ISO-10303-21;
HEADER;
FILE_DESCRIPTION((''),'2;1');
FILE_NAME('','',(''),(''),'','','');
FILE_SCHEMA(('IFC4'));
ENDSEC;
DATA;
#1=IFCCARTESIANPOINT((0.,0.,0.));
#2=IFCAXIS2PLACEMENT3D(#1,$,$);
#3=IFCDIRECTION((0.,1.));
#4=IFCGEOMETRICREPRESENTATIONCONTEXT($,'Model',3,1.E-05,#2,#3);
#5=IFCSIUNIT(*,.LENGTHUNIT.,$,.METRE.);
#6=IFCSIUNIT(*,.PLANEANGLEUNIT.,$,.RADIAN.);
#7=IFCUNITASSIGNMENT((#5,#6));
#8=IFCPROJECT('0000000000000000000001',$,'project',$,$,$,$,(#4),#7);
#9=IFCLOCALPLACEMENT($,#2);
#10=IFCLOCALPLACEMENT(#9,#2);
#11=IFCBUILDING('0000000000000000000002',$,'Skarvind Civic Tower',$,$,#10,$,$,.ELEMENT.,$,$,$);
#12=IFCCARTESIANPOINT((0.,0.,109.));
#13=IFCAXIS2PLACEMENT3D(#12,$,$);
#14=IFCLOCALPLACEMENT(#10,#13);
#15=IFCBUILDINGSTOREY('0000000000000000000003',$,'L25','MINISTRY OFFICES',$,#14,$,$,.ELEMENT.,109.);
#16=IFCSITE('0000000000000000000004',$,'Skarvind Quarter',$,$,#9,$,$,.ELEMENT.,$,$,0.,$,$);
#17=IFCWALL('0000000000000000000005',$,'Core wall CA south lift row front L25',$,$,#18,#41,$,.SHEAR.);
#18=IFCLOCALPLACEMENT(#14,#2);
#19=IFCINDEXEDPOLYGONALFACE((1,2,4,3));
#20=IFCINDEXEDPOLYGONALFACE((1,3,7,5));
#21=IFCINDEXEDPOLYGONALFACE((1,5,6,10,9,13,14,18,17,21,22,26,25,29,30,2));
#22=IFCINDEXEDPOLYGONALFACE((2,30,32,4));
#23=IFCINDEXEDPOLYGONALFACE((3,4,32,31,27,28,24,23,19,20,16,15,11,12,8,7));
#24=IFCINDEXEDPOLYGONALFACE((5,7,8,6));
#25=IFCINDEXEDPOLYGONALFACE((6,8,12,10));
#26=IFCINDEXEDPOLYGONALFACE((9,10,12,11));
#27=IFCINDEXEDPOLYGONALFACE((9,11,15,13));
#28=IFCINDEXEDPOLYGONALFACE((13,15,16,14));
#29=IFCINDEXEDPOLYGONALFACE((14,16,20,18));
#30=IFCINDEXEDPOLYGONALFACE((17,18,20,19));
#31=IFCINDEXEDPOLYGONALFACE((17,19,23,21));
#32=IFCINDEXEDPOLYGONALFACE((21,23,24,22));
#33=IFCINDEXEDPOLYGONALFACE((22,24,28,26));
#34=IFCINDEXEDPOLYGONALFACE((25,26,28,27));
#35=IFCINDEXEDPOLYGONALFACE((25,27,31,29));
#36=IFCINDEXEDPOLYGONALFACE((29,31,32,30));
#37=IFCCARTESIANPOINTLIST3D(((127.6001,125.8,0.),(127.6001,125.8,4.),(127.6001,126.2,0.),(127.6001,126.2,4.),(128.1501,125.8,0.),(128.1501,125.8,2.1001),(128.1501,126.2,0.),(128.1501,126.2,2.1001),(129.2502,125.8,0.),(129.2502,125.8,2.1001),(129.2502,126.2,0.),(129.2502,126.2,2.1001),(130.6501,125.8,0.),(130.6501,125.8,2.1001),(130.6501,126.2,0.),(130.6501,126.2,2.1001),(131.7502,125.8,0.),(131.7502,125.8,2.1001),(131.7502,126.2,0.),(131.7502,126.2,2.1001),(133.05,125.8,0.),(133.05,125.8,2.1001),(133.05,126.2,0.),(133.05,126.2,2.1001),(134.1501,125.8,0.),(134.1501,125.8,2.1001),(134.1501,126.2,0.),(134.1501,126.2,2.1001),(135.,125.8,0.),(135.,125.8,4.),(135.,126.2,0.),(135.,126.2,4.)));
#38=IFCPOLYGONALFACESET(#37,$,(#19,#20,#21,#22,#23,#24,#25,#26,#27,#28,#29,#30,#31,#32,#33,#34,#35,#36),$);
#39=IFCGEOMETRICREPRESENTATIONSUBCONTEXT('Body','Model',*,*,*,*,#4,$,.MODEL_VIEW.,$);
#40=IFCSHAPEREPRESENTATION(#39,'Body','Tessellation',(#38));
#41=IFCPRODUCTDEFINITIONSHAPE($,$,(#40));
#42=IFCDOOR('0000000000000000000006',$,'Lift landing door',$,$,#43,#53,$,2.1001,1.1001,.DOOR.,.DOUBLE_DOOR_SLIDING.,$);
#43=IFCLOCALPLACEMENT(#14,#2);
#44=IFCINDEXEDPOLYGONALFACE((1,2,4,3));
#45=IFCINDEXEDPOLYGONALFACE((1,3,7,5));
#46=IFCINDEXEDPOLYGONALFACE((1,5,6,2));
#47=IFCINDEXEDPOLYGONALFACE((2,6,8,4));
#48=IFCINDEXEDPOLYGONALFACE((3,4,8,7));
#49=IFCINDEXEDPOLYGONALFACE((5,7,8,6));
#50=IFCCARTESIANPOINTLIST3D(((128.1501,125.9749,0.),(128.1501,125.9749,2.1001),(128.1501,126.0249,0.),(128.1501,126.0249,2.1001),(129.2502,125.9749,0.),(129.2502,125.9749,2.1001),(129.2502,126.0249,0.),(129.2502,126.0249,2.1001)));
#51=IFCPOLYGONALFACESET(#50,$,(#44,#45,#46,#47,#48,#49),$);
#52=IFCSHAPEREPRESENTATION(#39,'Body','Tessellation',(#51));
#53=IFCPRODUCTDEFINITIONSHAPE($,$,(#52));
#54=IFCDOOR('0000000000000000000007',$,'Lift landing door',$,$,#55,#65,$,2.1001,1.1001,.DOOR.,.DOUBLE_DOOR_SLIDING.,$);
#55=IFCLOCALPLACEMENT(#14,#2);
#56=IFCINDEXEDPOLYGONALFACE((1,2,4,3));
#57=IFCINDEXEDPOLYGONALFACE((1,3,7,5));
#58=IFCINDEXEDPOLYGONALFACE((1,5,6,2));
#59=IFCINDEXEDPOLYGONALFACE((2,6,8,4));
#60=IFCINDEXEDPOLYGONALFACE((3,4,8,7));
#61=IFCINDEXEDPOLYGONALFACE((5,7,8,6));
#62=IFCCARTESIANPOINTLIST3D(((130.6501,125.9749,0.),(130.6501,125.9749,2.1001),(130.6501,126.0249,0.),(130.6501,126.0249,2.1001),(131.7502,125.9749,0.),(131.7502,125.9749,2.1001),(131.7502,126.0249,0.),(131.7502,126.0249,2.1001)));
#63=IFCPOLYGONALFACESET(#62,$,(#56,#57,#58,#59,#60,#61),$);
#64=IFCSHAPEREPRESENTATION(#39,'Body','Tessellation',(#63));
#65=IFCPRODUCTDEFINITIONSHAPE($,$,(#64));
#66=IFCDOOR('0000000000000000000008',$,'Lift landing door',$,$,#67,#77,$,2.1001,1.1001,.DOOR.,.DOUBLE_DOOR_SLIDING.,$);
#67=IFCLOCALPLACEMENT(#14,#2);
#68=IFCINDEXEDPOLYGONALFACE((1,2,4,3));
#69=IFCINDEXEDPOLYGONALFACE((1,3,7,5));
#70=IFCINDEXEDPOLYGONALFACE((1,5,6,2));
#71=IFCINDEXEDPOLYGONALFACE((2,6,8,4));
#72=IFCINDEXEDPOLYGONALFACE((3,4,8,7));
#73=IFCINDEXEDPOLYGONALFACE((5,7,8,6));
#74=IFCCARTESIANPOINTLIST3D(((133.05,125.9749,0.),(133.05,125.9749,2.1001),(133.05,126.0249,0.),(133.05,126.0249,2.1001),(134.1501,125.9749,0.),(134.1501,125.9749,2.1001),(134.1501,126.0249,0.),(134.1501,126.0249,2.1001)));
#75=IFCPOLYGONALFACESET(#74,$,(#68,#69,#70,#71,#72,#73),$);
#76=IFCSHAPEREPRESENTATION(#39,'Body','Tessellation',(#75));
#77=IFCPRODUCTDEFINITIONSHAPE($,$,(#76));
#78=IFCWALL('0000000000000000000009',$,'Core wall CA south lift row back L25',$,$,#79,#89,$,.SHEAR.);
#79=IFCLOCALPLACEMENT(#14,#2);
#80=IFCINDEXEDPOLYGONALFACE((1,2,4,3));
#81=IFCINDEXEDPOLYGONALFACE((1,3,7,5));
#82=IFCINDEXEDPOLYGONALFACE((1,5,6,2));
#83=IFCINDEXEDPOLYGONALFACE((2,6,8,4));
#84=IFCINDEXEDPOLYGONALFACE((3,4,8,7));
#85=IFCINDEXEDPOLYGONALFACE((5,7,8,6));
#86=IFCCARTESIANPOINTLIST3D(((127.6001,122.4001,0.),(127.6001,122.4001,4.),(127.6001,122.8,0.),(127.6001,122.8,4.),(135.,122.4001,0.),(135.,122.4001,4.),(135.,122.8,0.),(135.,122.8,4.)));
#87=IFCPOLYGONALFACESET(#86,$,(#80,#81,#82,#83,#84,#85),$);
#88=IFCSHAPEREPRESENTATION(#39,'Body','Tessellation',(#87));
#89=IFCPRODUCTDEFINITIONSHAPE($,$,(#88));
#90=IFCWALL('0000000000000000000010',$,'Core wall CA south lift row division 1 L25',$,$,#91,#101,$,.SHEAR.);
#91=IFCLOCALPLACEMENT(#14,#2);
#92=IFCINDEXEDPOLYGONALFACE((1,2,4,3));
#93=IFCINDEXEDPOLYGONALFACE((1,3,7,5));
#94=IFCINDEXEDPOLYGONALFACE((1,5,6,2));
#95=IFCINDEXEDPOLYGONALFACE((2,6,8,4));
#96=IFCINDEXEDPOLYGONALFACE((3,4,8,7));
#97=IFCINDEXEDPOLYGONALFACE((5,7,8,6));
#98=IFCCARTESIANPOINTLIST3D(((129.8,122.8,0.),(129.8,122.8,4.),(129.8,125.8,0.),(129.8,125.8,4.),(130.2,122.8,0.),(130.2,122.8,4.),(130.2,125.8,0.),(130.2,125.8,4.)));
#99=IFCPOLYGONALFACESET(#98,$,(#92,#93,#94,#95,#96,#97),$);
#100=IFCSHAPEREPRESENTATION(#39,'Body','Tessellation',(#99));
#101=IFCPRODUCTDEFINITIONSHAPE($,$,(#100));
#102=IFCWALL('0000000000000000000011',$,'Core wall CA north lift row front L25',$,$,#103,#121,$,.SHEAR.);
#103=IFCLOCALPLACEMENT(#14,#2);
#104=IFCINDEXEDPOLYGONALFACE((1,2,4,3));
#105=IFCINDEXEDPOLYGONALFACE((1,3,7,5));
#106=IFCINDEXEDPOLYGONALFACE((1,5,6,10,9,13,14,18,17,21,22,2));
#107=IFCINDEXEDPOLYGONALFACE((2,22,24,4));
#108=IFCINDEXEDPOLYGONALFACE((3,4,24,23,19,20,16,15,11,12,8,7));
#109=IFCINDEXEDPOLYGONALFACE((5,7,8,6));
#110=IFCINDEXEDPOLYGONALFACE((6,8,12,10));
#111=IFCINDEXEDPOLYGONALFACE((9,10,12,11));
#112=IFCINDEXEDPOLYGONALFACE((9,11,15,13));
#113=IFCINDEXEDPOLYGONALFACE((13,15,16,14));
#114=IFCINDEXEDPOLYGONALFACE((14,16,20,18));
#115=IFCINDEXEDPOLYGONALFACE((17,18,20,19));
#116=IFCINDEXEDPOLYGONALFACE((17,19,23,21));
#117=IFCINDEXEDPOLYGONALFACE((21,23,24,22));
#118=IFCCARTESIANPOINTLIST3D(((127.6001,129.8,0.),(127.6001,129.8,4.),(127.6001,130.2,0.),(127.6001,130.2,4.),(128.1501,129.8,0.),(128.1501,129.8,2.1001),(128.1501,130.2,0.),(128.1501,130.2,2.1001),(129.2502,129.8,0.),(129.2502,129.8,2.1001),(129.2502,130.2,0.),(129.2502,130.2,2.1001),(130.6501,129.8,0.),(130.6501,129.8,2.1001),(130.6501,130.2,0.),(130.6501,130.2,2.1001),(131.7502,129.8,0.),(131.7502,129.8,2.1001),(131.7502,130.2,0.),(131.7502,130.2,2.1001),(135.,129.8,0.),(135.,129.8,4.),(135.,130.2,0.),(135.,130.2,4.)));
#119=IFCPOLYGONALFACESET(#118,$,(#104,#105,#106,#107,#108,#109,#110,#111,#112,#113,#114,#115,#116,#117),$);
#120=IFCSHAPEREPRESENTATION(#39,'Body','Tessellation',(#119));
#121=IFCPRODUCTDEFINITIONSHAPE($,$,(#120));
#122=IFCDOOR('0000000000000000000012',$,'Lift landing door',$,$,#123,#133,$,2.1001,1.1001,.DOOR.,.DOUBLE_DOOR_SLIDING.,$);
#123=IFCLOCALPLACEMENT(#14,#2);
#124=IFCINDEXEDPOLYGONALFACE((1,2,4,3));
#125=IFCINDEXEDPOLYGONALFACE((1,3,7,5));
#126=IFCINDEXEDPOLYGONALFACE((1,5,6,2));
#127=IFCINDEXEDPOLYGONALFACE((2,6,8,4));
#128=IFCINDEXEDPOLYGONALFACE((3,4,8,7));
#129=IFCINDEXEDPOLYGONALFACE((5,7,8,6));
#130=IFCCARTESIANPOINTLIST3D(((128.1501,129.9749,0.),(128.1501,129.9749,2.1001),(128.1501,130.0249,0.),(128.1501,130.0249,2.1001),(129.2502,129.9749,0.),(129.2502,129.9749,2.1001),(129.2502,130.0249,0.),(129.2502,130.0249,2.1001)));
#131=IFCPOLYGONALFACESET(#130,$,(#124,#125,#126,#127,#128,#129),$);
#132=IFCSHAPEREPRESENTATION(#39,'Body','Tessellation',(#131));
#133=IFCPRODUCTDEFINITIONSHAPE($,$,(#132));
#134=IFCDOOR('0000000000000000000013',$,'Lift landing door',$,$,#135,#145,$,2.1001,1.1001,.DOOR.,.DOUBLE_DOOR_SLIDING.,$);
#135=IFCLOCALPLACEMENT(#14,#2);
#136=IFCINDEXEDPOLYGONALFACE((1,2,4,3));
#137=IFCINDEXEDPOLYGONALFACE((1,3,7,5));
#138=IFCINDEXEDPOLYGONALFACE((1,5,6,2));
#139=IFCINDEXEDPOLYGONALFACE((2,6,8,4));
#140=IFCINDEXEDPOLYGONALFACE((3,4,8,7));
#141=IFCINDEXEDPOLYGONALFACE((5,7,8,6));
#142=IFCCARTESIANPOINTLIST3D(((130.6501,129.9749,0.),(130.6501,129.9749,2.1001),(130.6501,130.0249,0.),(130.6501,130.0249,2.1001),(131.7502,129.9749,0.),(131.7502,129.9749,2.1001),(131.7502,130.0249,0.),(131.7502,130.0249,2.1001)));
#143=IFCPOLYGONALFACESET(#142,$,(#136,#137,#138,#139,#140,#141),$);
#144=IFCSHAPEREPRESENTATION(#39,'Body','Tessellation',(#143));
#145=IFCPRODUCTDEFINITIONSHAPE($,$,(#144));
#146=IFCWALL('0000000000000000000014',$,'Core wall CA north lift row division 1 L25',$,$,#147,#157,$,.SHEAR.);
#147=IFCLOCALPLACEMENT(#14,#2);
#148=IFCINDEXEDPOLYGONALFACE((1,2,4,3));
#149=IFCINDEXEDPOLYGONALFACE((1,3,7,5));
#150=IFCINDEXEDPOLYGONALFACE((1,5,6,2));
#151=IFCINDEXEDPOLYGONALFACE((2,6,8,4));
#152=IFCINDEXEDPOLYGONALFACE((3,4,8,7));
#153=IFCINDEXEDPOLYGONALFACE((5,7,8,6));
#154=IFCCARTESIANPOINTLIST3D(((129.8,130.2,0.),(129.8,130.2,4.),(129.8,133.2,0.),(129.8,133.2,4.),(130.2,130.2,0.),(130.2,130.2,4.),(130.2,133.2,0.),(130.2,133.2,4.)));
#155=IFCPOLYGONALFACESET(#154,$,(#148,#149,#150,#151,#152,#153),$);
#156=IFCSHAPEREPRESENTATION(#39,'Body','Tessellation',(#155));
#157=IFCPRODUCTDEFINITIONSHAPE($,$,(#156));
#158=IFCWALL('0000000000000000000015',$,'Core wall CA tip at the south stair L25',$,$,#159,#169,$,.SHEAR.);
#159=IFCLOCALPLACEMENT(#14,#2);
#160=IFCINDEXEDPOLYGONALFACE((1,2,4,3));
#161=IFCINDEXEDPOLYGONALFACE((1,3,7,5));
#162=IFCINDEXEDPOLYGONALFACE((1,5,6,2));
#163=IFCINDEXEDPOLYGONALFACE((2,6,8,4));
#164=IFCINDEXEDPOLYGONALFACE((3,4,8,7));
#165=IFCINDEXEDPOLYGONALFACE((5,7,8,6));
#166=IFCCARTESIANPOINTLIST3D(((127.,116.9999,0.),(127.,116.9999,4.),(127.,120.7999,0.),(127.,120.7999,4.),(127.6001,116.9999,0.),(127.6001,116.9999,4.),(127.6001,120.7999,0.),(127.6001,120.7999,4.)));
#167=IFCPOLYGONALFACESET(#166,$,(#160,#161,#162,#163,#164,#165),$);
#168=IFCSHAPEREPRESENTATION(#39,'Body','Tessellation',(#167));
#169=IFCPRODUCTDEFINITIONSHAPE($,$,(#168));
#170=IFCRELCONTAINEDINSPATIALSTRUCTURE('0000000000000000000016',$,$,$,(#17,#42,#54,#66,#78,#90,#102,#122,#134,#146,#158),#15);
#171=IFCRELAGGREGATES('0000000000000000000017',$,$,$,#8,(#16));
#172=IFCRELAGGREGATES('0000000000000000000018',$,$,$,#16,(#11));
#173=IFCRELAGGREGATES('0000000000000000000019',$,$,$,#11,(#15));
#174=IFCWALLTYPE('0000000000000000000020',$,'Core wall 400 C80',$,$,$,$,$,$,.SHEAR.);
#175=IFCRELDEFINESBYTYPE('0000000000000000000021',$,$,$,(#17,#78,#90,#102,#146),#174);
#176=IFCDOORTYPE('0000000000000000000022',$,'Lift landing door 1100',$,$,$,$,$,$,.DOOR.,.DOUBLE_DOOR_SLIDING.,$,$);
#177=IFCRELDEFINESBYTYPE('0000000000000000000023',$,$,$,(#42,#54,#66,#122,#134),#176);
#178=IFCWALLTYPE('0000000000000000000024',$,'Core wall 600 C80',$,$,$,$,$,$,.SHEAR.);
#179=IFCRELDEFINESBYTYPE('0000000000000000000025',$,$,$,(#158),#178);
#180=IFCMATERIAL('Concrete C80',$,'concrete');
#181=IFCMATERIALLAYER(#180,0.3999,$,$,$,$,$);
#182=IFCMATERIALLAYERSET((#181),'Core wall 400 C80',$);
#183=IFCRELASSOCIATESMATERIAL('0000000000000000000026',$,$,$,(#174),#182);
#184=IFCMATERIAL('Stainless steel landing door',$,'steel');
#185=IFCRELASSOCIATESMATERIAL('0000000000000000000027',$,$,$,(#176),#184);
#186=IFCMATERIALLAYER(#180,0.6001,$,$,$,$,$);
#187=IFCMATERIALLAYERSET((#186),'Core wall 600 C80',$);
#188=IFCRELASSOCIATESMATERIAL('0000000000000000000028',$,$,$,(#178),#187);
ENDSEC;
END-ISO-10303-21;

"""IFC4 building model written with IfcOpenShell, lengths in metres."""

from ifc_helpers import new_model, si_unit, direction, frame, frame_2d, origin, place, context, subcontext, project, spatial, rectangle, extrude, material, layer, layer_set, type_object, element, fill, save


model = new_model("IFC4")

# Units and contexts
model_context = context("Model", 3, precision=1e-05, world=origin(), true_north=direction((0.0, 1.0)))
body_context = subcontext(model_context, "Body", "Model", "MODEL_VIEW")
ifc_project = project(units=[si_unit("LENGTHUNIT", "METRE"), si_unit("PLANEANGLEUNIT", "RADIAN")], contexts=[model_context])

# Site, building, storey
site_placement = place(None, origin())
site = spatial("IfcSite", under=ifc_project, at=site_placement, Name="Skarvind Quarter", CompositionType="ELEMENT", RefElevation=0.0)
building_placement = place(site_placement, origin())
building = spatial("IfcBuilding", under=site, at=building_placement, Name="Skarvind Civic Tower", CompositionType="ELEMENT")
storey_placement = place(building_placement, frame((0.0, 0.0, 109.0)))
storey = spatial("IfcBuildingStorey", under=building, at=storey_placement, Name="L25", Description="MINISTRY OFFICES", CompositionType="ELEMENT", Elevation=109.0)

# Shared definitions
ifc_material_1 = material(Name="Concrete C80", Category="concrete")
ifc_layer_1 = layer(ifc_material_1, 0.3999)
ifc_layer_set_1 = layer_set([ifc_layer_1], Name="Core wall 400 C80")
wall_type_1 = type_object("IfcWallType", Name="Core wall 400 C80", PredefinedType="SHEAR", material=ifc_layer_set_1)

# Wall, openings, doors
wall_1_placement = place(storey_placement, frame((127.6001, 126.0, 0.0), z_axis=(0.0, 0.0, 1.0), x_axis=(1.0, 0.0, 0.0)))
wall_1 = element("IfcWall", 1, at=wall_1_placement, inside=storey, type_object=wall_type_1, Name="Core wall CA south lift row front L25", PredefinedType="SHEAR", context=body_context, shape_type="SweptSolid", body=[
    extrude(rectangle(XDim=7.3999, YDim=0.3999, at=frame_2d((3.7, 0.0))), origin(), (0.0, 0.0, 1.0), 4.0),
])
opening_1_placement = place(wall_1_placement, frame((0.55, 0.0, 0.0)))
opening_1 = element("IfcOpeningElement", 2, at=opening_1_placement, cuts=wall_1, PredefinedType="OPENING", context=body_context, shape_type="SweptSolid", body=[
    extrude(rectangle(XDim=1.1001, YDim=2.1001, at=frame_2d((0.55, 1.05))), frame((0.0, 0.21, 0.0), z_axis=(0.0, -1.0, 0.0), x_axis=(1.0, 0.0, 0.0)), (0.0, 0.0, 1.0), 0.4199),
])
opening_2_placement = place(wall_1_placement, frame((3.05, 0.0, 0.0)))
opening_2 = element("IfcOpeningElement", 3, at=opening_2_placement, cuts=wall_1, PredefinedType="OPENING", context=body_context, shape_type="SweptSolid", body=[
    extrude(rectangle(XDim=1.1001, YDim=2.1001, at=frame_2d((0.55, 1.05))), frame((0.0, 0.21, 0.0), z_axis=(0.0, -1.0, 0.0), x_axis=(1.0, 0.0, 0.0)), (0.0, 0.0, 1.0), 0.4199),
])
opening_3_placement = place(wall_1_placement, frame((5.45, 0.0, 0.0)))
opening_3 = element("IfcOpeningElement", 4, at=opening_3_placement, cuts=wall_1, PredefinedType="OPENING", context=body_context, shape_type="SweptSolid", body=[
    extrude(rectangle(XDim=1.1001, YDim=2.1001, at=frame_2d((0.55, 1.05))), frame((0.0, 0.21, 0.0), z_axis=(0.0, -1.0, 0.0), x_axis=(1.0, 0.0, 0.0)), (0.0, 0.0, 1.0), 0.4199),
])
ifc_material_2 = material(Name="Stainless steel landing door", Category="steel")
door_type_1 = type_object("IfcDoorType", Name="Lift landing door 1100", OperationType="DOUBLE_DOOR_SLIDING", PredefinedType="DOOR", material=ifc_material_2)
door_1_placement = place(opening_1_placement, origin())
door_1 = element("IfcDoor", 5, at=door_1_placement, inside=storey, type_object=door_type_1, Name="Lift landing door", OperationType="DOUBLE_DOOR_SLIDING", OverallHeight=2.1001, OverallWidth=1.1001, PredefinedType="DOOR", context=body_context, shape_type="SweptSolid", body=[
    extrude(rectangle(XDim=1.1001, YDim=2.1001, at=frame_2d((0.55, 1.05))), frame((0.0, 0.0249, 0.0), z_axis=(0.0, -1.0, 0.0), x_axis=(1.0, 0.0, 0.0)), (0.0, 0.0, 1.0), 0.05),
])
fill(opening_1, door_1)
door_2_placement = place(opening_2_placement, origin())
door_2 = element("IfcDoor", 6, at=door_2_placement, inside=storey, type_object=door_type_1, Name="Lift landing door", OperationType="DOUBLE_DOOR_SLIDING", OverallHeight=2.1001, OverallWidth=1.1001, PredefinedType="DOOR", context=body_context, shape_type="SweptSolid", body=[
    extrude(rectangle(XDim=1.1001, YDim=2.1001, at=frame_2d((0.55, 1.05))), frame((0.0, 0.0249, 0.0), z_axis=(0.0, -1.0, 0.0), x_axis=(1.0, 0.0, 0.0)), (0.0, 0.0, 1.0), 0.05),
])
fill(opening_2, door_2)
door_3_placement = place(opening_3_placement, origin())
door_3 = element("IfcDoor", 7, at=door_3_placement, inside=storey, type_object=door_type_1, Name="Lift landing door", OperationType="DOUBLE_DOOR_SLIDING", OverallHeight=2.1001, OverallWidth=1.1001, PredefinedType="DOOR", context=body_context, shape_type="SweptSolid", body=[
    extrude(rectangle(XDim=1.1001, YDim=2.1001, at=frame_2d((0.55, 1.05))), frame((0.0, 0.0249, 0.0), z_axis=(0.0, -1.0, 0.0), x_axis=(1.0, 0.0, 0.0)), (0.0, 0.0, 1.0), 0.05),
])
fill(opening_3, door_3)

# Walls
wall_2_placement = place(storey_placement, frame((127.6001, 122.6001, 0.0), z_axis=(0.0, 0.0, 1.0), x_axis=(1.0, 0.0, 0.0)))
element("IfcWall", 8, at=wall_2_placement, inside=storey, type_object=wall_type_1, Name="Core wall CA south lift row back L25", PredefinedType="SHEAR", context=body_context, shape_type="SweptSolid", body=[
    extrude(rectangle(XDim=7.3999, YDim=0.3999, at=frame_2d((3.7, 0.0))), origin(), (0.0, 0.0, 1.0), 4.0),
])
wall_3_placement = place(storey_placement, frame((130.0, 122.8, 0.0), z_axis=(0.0, 0.0, 1.0), x_axis=(0.0, 1.0, 0.0)))
element("IfcWall", 9, at=wall_3_placement, inside=storey, type_object=wall_type_1, Name="Core wall CA south lift row division 1 L25", PredefinedType="SHEAR", context=body_context, shape_type="SweptSolid", body=[
    extrude(rectangle(XDim=3.0, YDim=0.3999, at=frame_2d((1.5, 0.0))), origin(), (0.0, 0.0, 1.0), 4.0),
])

# Wall, openings, doors
wall_4_placement = place(storey_placement, frame((127.6001, 130.0, 0.0), z_axis=(0.0, 0.0, 1.0), x_axis=(1.0, 0.0, 0.0)))
wall_4 = element("IfcWall", 10, at=wall_4_placement, inside=storey, type_object=wall_type_1, Name="Core wall CA north lift row front L25", PredefinedType="SHEAR", context=body_context, shape_type="SweptSolid", body=[
    extrude(rectangle(XDim=7.3999, YDim=0.3999, at=frame_2d((3.7, 0.0))), origin(), (0.0, 0.0, 1.0), 4.0),
])
opening_4_placement = place(wall_4_placement, frame((0.55, 0.0, 0.0)))
opening_4 = element("IfcOpeningElement", 11, at=opening_4_placement, cuts=wall_4, PredefinedType="OPENING", context=body_context, shape_type="SweptSolid", body=[
    extrude(rectangle(XDim=1.1001, YDim=2.1001, at=frame_2d((0.55, 1.05))), frame((0.0, 0.21, 0.0), z_axis=(0.0, -1.0, 0.0), x_axis=(1.0, 0.0, 0.0)), (0.0, 0.0, 1.0), 0.4199),
])
opening_5_placement = place(wall_4_placement, frame((3.05, 0.0, 0.0)))
opening_5 = element("IfcOpeningElement", 12, at=opening_5_placement, cuts=wall_4, PredefinedType="OPENING", context=body_context, shape_type="SweptSolid", body=[
    extrude(rectangle(XDim=1.1001, YDim=2.1001, at=frame_2d((0.55, 1.05))), frame((0.0, 0.21, 0.0), z_axis=(0.0, -1.0, 0.0), x_axis=(1.0, 0.0, 0.0)), (0.0, 0.0, 1.0), 0.4199),
])
door_4_placement = place(opening_4_placement, origin())
door_4 = element("IfcDoor", 13, at=door_4_placement, inside=storey, type_object=door_type_1, Name="Lift landing door", OperationType="DOUBLE_DOOR_SLIDING", OverallHeight=2.1001, OverallWidth=1.1001, PredefinedType="DOOR", context=body_context, shape_type="SweptSolid", body=[
    extrude(rectangle(XDim=1.1001, YDim=2.1001, at=frame_2d((0.55, 1.05))), frame((0.0, 0.0249, 0.0), z_axis=(0.0, -1.0, 0.0), x_axis=(1.0, 0.0, 0.0)), (0.0, 0.0, 1.0), 0.05),
])
fill(opening_4, door_4)
door_5_placement = place(opening_5_placement, origin())
door_5 = element("IfcDoor", 14, at=door_5_placement, inside=storey, type_object=door_type_1, Name="Lift landing door", OperationType="DOUBLE_DOOR_SLIDING", OverallHeight=2.1001, OverallWidth=1.1001, PredefinedType="DOOR", context=body_context, shape_type="SweptSolid", body=[
    extrude(rectangle(XDim=1.1001, YDim=2.1001, at=frame_2d((0.55, 1.05))), frame((0.0, 0.0249, 0.0), z_axis=(0.0, -1.0, 0.0), x_axis=(1.0, 0.0, 0.0)), (0.0, 0.0, 1.0), 0.05),
])
fill(opening_5, door_5)

# Walls
wall_5_placement = place(storey_placement, frame((130.0, 130.2, 0.0), z_axis=(0.0, 0.0, 1.0), x_axis=(0.0, 1.0, 0.0)))
element("IfcWall", 15, at=wall_5_placement, inside=storey, type_object=wall_type_1, Name="Core wall CA north lift row division 1 L25", PredefinedType="SHEAR", context=body_context, shape_type="SweptSolid", body=[
    extrude(rectangle(XDim=3.0, YDim=0.3999, at=frame_2d((1.5, 0.0))), origin(), (0.0, 0.0, 1.0), 4.0),
])
ifc_layer_2 = layer(ifc_material_1, 0.6001)
ifc_layer_set_2 = layer_set([ifc_layer_2], Name="Core wall 600 C80")
wall_type_2 = type_object("IfcWallType", Name="Core wall 600 C80", PredefinedType="SHEAR", material=ifc_layer_set_2)
wall_6_placement = place(storey_placement, frame((127.3, 117.0, 0.0), z_axis=(0.0, 0.0, 1.0), x_axis=(0.0, 1.0, 0.0)))
element("IfcWall", 16, at=wall_6_placement, inside=storey, type_object=wall_type_2, Name="Core wall CA tip at the south stair L25", PredefinedType="SHEAR", context=body_context, shape_type="SweptSolid", body=[
    extrude(rectangle(XDim=3.8, YDim=0.6001, at=frame_2d((1.8999, 0.0))), origin(), (0.0, 0.0, 1.0), 4.0),
])

save(model, "model.ifc")
